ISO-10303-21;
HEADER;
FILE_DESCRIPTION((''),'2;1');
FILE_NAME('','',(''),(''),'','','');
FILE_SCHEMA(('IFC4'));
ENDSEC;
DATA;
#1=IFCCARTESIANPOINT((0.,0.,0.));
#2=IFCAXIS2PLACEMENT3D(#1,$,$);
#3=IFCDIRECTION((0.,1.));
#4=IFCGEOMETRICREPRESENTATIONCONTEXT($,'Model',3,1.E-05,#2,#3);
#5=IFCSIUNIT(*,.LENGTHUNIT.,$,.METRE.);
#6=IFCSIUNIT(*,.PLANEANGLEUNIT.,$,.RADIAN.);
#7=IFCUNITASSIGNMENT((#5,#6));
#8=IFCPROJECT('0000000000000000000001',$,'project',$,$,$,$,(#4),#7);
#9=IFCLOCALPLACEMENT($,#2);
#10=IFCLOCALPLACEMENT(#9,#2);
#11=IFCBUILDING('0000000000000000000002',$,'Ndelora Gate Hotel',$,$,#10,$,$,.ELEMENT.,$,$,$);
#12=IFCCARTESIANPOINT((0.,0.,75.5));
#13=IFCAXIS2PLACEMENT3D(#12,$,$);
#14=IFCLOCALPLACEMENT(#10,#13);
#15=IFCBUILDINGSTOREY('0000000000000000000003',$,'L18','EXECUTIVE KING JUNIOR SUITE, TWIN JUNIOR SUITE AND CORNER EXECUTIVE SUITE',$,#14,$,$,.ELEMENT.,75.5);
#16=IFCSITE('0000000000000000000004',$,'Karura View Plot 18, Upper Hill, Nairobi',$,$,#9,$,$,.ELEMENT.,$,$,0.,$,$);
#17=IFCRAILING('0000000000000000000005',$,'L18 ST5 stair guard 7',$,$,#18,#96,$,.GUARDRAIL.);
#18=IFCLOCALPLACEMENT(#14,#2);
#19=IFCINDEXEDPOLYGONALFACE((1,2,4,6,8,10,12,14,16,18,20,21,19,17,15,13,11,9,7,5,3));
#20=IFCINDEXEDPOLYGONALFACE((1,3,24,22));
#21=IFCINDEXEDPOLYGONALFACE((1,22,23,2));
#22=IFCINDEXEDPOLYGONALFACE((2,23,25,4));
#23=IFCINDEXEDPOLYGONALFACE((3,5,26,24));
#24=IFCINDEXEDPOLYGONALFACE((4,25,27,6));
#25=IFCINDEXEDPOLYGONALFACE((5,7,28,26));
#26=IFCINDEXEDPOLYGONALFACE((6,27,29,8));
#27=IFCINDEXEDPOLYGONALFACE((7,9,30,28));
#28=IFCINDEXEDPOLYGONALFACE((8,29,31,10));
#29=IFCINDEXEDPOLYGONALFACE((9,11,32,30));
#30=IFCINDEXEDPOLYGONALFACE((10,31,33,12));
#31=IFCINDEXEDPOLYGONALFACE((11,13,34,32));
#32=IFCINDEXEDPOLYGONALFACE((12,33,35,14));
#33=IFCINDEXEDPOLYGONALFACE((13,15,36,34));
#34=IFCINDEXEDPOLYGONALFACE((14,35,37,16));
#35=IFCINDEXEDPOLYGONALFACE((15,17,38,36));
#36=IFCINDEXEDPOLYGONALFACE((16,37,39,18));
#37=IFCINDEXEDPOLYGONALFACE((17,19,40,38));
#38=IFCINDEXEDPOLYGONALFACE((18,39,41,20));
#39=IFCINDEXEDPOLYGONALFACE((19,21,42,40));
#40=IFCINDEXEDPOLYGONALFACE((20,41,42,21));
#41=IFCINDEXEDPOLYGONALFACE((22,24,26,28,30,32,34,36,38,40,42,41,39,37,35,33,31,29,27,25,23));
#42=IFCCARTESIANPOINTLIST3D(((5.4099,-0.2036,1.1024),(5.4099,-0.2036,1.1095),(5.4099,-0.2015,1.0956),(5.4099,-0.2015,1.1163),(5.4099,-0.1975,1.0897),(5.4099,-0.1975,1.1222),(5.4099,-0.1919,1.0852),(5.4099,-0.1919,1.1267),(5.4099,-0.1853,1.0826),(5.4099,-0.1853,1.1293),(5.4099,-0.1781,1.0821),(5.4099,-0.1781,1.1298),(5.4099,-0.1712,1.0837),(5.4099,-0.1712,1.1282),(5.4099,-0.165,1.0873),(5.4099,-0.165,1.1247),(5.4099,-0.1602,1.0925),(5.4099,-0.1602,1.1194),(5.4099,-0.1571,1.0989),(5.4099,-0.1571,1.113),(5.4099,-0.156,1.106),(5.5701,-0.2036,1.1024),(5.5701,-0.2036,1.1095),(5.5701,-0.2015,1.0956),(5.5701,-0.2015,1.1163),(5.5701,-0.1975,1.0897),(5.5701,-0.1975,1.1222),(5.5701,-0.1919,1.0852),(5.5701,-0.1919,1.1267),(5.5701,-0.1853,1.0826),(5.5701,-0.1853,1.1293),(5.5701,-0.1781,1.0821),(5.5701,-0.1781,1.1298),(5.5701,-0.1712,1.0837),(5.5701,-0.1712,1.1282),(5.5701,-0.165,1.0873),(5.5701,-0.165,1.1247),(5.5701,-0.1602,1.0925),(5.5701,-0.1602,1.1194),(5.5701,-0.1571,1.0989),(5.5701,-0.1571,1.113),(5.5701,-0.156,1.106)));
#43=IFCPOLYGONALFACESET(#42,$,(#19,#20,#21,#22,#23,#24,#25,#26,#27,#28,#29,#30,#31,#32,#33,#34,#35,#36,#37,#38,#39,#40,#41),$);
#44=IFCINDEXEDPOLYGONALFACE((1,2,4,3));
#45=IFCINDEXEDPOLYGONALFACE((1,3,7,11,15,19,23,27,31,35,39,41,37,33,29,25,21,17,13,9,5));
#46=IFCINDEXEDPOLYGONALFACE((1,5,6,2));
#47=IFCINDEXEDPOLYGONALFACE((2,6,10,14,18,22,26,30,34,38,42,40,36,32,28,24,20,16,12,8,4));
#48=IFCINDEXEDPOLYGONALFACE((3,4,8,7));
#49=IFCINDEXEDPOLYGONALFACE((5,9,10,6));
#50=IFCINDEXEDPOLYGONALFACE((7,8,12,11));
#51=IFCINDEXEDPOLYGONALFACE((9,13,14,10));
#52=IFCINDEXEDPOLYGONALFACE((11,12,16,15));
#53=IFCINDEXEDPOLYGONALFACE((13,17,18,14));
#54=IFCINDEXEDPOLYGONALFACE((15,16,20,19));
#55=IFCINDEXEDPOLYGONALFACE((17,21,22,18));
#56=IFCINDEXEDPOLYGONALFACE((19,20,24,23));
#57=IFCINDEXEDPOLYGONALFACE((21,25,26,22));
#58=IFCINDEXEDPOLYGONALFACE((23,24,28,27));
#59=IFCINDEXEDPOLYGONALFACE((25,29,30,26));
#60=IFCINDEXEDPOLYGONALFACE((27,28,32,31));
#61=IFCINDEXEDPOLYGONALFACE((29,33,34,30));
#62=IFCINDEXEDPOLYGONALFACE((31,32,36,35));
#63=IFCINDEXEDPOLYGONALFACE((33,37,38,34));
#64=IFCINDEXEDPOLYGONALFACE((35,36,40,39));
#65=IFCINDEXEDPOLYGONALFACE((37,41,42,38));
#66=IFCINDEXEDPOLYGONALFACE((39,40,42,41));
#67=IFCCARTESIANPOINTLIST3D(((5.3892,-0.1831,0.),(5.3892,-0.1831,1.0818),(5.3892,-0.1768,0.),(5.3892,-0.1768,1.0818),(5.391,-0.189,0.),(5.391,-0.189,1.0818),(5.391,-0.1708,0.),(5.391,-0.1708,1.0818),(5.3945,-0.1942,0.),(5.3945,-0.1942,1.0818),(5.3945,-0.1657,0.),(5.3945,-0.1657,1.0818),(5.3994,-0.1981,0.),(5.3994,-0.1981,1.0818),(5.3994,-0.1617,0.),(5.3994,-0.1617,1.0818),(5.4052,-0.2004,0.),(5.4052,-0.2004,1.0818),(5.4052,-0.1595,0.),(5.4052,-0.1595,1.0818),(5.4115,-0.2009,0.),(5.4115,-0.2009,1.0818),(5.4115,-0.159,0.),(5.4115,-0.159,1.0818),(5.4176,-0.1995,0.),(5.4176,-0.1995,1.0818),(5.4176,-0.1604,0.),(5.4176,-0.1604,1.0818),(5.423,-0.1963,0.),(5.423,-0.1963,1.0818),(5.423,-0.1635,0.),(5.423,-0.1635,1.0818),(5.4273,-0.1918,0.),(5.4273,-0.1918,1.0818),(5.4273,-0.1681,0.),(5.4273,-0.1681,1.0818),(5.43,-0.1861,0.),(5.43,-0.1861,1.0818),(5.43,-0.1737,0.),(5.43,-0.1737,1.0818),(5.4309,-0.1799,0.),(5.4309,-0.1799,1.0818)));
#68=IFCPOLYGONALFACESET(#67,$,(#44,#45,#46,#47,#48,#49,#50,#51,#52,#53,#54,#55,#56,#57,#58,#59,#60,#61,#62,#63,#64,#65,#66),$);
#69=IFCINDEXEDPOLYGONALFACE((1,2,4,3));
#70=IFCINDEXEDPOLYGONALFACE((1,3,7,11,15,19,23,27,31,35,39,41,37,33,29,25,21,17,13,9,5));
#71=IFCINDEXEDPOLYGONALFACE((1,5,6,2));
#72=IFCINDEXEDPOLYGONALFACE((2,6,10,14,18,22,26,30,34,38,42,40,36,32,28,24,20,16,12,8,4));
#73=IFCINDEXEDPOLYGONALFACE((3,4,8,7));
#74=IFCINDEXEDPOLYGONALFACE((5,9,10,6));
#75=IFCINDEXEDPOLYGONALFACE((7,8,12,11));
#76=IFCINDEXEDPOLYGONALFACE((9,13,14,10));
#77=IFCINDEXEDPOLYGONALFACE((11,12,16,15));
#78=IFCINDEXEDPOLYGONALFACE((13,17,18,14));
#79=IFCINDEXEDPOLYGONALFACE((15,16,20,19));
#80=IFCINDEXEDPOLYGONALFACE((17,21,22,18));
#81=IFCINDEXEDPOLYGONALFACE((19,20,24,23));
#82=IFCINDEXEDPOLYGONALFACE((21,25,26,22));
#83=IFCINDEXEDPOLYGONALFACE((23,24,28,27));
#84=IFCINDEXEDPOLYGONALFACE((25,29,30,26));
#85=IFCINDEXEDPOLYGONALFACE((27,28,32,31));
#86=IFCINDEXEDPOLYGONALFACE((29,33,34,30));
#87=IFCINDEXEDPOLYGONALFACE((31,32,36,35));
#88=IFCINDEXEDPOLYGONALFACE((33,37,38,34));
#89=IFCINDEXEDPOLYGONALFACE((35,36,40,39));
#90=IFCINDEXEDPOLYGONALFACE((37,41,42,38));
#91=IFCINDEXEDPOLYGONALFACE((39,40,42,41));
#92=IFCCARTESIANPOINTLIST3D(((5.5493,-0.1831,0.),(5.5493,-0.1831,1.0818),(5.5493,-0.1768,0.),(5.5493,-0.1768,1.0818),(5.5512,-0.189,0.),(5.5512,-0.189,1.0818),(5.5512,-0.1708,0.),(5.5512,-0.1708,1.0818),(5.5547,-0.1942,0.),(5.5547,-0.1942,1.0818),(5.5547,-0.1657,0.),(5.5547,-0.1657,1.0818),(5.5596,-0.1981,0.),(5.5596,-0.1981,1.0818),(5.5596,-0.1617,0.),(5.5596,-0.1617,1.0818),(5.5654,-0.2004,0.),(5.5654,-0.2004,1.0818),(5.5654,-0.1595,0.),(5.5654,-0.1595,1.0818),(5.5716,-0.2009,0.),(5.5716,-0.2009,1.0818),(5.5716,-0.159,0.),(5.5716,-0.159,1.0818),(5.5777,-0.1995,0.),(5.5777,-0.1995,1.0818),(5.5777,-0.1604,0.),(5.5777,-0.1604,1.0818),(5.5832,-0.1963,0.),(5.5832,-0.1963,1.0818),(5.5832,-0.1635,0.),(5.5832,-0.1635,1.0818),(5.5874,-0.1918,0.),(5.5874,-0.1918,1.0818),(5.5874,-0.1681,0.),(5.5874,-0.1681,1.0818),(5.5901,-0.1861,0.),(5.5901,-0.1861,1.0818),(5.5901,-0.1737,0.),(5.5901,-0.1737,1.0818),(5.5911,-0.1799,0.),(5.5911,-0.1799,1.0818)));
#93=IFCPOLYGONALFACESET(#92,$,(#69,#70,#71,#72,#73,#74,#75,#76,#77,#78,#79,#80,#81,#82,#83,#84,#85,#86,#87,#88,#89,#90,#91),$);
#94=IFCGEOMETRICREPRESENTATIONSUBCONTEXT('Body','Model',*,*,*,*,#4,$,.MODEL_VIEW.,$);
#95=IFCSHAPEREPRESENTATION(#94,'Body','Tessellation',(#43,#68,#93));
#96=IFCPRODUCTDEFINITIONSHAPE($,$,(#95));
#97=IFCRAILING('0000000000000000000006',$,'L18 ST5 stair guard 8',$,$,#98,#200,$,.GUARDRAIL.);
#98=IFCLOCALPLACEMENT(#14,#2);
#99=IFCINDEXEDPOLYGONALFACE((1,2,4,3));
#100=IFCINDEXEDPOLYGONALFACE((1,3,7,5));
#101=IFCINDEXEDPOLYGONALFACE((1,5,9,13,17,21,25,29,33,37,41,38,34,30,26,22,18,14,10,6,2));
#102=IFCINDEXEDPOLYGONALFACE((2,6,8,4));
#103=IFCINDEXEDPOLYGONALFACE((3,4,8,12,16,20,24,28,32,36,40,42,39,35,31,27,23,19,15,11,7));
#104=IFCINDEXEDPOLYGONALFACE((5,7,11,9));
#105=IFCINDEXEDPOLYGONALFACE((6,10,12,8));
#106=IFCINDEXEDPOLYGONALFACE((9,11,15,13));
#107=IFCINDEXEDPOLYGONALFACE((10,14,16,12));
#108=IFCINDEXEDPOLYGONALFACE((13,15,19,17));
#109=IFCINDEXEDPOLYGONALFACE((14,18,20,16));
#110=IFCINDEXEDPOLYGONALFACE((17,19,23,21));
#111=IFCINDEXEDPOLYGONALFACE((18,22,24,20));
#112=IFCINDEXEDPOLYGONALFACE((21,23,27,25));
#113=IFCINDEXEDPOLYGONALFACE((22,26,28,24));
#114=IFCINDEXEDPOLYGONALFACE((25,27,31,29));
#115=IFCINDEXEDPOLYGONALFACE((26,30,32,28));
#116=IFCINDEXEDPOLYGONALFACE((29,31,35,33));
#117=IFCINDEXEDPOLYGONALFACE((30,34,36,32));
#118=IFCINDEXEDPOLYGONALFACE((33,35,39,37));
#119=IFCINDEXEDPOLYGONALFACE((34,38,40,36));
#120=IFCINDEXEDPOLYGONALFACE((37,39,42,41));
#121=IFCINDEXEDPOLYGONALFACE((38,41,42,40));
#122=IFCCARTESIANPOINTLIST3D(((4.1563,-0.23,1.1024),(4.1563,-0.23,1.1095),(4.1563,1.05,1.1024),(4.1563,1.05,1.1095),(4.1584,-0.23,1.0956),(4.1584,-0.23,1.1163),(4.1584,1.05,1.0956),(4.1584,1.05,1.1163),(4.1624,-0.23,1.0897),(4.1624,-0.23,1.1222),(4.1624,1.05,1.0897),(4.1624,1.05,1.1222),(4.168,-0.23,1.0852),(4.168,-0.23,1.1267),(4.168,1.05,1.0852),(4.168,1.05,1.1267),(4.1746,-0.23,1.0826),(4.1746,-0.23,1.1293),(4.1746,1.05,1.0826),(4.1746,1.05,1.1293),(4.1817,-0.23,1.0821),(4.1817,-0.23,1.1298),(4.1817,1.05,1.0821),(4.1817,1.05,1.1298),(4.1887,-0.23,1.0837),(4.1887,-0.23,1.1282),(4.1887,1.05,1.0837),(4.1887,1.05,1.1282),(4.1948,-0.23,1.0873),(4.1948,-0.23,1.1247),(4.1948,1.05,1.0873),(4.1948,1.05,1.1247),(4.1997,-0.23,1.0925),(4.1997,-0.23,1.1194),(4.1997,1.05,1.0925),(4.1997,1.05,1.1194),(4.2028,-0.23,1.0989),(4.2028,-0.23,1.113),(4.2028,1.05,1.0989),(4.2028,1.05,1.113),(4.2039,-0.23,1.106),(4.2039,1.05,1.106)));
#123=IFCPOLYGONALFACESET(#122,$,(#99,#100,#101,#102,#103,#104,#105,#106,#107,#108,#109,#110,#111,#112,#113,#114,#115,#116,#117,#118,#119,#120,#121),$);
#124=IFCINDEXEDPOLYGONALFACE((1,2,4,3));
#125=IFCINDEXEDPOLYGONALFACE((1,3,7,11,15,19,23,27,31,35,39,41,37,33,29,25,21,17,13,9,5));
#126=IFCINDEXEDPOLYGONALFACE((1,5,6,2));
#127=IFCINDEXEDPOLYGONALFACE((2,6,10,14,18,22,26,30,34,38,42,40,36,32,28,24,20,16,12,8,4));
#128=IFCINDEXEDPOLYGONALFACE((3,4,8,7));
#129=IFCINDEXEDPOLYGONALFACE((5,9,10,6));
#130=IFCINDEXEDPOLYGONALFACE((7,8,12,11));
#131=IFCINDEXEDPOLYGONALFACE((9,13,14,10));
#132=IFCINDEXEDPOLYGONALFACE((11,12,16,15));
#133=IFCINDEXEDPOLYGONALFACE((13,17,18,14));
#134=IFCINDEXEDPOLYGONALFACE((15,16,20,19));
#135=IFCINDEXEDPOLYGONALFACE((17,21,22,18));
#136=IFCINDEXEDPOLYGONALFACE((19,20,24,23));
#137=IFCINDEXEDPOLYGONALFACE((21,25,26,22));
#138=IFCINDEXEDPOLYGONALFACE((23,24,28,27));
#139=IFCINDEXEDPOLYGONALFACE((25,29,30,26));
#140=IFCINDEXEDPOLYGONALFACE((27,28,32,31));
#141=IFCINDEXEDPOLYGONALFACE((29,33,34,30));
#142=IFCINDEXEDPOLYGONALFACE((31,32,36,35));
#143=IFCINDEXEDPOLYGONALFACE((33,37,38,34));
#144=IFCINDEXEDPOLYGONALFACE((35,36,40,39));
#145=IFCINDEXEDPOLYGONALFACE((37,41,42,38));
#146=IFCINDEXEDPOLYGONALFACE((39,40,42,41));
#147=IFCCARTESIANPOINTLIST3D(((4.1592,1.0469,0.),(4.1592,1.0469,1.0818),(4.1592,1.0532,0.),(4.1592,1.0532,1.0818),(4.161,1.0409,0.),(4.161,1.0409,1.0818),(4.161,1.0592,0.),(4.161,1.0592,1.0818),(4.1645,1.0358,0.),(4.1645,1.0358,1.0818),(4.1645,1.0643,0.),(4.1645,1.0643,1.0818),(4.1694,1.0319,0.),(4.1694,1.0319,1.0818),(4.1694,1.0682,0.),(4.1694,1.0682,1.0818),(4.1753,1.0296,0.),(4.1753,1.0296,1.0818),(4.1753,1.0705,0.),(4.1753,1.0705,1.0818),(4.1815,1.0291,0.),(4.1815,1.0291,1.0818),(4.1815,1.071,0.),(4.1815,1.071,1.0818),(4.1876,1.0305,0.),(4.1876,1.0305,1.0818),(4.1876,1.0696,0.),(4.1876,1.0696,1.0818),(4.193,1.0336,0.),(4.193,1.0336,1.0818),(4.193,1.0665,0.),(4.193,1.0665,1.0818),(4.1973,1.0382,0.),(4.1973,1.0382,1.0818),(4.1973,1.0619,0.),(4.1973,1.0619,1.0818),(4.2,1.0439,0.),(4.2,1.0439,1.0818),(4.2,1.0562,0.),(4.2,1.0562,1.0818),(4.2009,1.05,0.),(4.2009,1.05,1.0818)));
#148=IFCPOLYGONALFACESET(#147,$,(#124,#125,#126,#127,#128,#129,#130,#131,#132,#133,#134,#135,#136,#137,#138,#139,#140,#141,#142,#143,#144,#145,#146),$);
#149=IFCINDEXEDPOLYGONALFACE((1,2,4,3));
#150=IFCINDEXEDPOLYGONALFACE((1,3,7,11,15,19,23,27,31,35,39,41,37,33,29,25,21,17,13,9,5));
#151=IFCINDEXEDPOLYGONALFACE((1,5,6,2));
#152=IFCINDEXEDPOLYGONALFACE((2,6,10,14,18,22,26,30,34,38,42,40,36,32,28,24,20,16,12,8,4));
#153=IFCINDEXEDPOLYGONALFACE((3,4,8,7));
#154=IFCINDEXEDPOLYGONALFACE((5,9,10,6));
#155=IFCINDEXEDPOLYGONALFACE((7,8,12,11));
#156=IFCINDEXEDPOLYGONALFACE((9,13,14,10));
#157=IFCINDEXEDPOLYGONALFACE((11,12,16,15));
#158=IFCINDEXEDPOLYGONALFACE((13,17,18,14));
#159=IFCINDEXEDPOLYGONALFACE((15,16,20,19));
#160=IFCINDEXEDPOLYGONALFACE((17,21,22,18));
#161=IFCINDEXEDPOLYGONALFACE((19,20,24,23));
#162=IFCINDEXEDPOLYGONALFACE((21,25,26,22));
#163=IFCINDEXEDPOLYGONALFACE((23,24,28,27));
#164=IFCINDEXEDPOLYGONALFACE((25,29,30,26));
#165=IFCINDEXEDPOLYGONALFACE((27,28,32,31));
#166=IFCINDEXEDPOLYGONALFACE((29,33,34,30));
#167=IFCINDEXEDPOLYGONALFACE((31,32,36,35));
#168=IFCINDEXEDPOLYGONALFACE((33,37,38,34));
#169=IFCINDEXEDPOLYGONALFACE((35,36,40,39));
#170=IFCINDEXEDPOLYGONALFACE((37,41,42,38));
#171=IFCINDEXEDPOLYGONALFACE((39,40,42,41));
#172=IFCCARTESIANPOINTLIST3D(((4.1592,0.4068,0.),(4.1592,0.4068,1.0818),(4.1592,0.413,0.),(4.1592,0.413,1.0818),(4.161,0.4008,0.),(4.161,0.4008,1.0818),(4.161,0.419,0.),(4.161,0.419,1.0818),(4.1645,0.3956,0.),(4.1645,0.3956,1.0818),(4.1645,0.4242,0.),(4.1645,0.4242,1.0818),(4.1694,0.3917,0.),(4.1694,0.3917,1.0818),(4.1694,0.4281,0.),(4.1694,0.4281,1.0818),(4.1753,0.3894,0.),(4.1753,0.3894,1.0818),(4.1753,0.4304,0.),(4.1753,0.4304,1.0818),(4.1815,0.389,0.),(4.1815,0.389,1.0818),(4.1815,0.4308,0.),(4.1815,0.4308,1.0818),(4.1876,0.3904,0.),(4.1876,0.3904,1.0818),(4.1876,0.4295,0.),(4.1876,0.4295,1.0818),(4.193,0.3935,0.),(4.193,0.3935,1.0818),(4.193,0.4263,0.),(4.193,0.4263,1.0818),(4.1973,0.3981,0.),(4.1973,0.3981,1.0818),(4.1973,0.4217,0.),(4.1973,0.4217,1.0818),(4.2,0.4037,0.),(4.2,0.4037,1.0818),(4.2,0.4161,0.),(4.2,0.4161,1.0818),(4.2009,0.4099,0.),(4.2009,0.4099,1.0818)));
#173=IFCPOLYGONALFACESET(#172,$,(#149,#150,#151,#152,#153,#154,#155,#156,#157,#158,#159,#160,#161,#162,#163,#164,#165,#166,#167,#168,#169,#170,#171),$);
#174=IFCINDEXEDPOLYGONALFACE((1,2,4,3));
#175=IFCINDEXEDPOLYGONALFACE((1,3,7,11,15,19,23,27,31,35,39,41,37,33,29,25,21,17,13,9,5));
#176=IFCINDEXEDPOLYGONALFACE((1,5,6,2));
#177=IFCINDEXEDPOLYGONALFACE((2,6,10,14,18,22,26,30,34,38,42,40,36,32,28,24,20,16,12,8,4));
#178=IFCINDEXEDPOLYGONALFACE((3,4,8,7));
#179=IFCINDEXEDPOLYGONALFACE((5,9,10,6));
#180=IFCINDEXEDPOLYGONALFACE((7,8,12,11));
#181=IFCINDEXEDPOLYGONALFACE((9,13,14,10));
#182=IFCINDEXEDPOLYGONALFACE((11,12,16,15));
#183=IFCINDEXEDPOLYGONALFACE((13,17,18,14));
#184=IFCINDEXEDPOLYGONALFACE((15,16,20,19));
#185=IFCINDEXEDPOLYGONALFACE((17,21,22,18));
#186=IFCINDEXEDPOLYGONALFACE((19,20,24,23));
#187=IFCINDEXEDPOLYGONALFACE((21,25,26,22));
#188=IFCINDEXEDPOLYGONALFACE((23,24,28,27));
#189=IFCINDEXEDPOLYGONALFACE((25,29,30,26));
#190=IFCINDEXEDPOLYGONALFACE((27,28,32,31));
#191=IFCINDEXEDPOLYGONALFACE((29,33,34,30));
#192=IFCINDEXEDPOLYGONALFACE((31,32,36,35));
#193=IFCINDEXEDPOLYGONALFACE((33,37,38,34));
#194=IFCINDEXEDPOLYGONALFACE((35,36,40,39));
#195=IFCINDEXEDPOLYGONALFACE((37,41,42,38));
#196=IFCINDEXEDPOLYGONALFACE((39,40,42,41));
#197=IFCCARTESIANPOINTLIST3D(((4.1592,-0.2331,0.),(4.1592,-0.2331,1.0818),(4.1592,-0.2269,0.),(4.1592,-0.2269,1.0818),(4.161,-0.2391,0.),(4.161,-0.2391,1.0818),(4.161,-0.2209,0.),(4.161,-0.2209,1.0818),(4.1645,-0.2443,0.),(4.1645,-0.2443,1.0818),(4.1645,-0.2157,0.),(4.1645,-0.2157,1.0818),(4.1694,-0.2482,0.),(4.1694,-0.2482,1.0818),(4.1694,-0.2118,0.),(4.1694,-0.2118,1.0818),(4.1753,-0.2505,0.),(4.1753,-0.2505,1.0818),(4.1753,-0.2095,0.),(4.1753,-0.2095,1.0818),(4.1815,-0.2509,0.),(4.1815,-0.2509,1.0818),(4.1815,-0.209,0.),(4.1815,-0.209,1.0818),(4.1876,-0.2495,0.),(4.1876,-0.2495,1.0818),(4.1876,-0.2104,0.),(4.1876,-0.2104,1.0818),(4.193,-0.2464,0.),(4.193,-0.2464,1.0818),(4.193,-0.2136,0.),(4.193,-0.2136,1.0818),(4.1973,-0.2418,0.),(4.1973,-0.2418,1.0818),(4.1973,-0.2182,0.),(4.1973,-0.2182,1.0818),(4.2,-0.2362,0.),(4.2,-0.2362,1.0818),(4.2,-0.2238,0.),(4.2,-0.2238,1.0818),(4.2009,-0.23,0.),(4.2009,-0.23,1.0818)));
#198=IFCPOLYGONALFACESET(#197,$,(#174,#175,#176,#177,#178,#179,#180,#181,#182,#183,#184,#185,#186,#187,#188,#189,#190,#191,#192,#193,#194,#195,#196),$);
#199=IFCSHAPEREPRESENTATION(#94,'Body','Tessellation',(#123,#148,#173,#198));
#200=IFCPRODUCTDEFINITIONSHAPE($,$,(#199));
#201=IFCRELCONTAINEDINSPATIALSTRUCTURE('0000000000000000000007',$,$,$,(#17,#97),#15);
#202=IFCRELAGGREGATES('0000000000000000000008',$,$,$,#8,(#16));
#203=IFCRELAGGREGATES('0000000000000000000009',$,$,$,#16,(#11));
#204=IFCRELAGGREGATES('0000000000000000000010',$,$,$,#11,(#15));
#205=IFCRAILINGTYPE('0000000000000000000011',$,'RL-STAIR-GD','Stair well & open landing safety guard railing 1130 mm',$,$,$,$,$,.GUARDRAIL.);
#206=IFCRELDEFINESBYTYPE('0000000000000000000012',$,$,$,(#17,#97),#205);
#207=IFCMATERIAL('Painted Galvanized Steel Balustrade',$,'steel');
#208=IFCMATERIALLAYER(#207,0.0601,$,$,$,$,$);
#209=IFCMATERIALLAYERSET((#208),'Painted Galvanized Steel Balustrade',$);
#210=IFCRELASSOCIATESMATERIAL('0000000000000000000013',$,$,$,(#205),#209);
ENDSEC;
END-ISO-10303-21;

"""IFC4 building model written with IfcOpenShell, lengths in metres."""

from ifc_helpers import new_model, si_unit, direction, frame, origin, origin_2d, place, context, subcontext, project, spatial, circle, extrude, material, layer, layer_set, type_object, element, save


model = new_model("IFC4")

# Units and contexts
model_context = context("Model", 3, precision=1e-05, world=origin(), true_north=direction((0.0, 1.0)))
body_context = subcontext(model_context, "Body", "Model", "MODEL_VIEW")
ifc_project = project(units=[si_unit("LENGTHUNIT", "METRE"), si_unit("PLANEANGLEUNIT", "RADIAN")], contexts=[model_context])

# Site, building, storey
site_placement = place(None, origin())
site = spatial("IfcSite", under=ifc_project, at=site_placement, Name="Karura View Plot 18, Upper Hill, Nairobi", CompositionType="ELEMENT", RefElevation=0.0)
building_placement = place(site_placement, origin())
building = spatial("IfcBuilding", under=site, at=building_placement, Name="Ndelora Gate Hotel", CompositionType="ELEMENT")
storey_placement = place(building_placement, frame((0.0, 0.0, 75.5)))
storey = spatial("IfcBuildingStorey", under=building, at=storey_placement, Name="L18", Description="EXECUTIVE KING JUNIOR SUITE, TWIN JUNIOR SUITE AND CORNER EXECUTIVE SUITE", CompositionType="ELEMENT", Elevation=75.5)

# Railings
ifc_material_1 = material(Name="Painted Galvanized Steel Balustrade", Category="steel")
ifc_layer_1 = layer(ifc_material_1, 0.0601)
ifc_layer_set_1 = layer_set([ifc_layer_1], Name="Painted Galvanized Steel Balustrade")
railing_type_1 = type_object("IfcRailingType", Name="RL-STAIR-GD", Description="Stair well & open landing safety guard railing 1130 mm", PredefinedType="GUARDRAIL", material=ifc_layer_set_1)
railing_1_placement = place(storey_placement, frame((5.4099, -0.1799, 0.0)))
element("IfcRailing", 1, at=railing_1_placement, inside=storey, type_object=railing_type_1, Name="L18 ST5 stair guard 7", PredefinedType="GUARDRAIL", context=body_context, shape_type="SweptSolid", body=[
    extrude(circle(Radius=0.0239, at=origin_2d()), frame((0.0, 0.0, 1.106), z_axis=(1.0, 0.0, 0.0), x_axis=(0.0, 1.0, 0.0)), (0.0, 0.0, 1.0), 0.1602),
    extrude(circle(Radius=0.021, at=origin_2d()), origin(), (0.0, 0.0, 1.0), 1.0818),
    extrude(circle(Radius=0.021, at=origin_2d()), frame((0.1602, 0.0, 0.0)), (0.0, 0.0, 1.0), 1.0818),
])
railing_2_placement = place(storey_placement, frame((4.1799, 1.05, 0.0)))
element("IfcRailing", 2, at=railing_2_placement, inside=storey, type_object=railing_type_1, Name="L18 ST5 stair guard 8", PredefinedType="GUARDRAIL", context=body_context, shape_type="SweptSolid", body=[
    extrude(circle(Radius=0.0239, at=origin_2d()), frame((0.0, 0.0, 1.106), z_axis=(0.0, -1.0, 0.0), x_axis=(1.0, 0.0, 0.0)), (0.0, 0.0, 1.0), 1.28),
    extrude(circle(Radius=0.021, at=origin_2d()), origin(), (0.0, 0.0, 1.0), 1.0818),
    extrude(circle(Radius=0.021, at=origin_2d()), frame((0.0, -0.6401, 0.0)), (0.0, 0.0, 1.0), 1.0818),
    extrude(circle(Radius=0.021, at=origin_2d()), frame((0.0, -1.28, 0.0)), (0.0, 0.0, 1.0), 1.0818),
])

save(model, "model.ifc")
